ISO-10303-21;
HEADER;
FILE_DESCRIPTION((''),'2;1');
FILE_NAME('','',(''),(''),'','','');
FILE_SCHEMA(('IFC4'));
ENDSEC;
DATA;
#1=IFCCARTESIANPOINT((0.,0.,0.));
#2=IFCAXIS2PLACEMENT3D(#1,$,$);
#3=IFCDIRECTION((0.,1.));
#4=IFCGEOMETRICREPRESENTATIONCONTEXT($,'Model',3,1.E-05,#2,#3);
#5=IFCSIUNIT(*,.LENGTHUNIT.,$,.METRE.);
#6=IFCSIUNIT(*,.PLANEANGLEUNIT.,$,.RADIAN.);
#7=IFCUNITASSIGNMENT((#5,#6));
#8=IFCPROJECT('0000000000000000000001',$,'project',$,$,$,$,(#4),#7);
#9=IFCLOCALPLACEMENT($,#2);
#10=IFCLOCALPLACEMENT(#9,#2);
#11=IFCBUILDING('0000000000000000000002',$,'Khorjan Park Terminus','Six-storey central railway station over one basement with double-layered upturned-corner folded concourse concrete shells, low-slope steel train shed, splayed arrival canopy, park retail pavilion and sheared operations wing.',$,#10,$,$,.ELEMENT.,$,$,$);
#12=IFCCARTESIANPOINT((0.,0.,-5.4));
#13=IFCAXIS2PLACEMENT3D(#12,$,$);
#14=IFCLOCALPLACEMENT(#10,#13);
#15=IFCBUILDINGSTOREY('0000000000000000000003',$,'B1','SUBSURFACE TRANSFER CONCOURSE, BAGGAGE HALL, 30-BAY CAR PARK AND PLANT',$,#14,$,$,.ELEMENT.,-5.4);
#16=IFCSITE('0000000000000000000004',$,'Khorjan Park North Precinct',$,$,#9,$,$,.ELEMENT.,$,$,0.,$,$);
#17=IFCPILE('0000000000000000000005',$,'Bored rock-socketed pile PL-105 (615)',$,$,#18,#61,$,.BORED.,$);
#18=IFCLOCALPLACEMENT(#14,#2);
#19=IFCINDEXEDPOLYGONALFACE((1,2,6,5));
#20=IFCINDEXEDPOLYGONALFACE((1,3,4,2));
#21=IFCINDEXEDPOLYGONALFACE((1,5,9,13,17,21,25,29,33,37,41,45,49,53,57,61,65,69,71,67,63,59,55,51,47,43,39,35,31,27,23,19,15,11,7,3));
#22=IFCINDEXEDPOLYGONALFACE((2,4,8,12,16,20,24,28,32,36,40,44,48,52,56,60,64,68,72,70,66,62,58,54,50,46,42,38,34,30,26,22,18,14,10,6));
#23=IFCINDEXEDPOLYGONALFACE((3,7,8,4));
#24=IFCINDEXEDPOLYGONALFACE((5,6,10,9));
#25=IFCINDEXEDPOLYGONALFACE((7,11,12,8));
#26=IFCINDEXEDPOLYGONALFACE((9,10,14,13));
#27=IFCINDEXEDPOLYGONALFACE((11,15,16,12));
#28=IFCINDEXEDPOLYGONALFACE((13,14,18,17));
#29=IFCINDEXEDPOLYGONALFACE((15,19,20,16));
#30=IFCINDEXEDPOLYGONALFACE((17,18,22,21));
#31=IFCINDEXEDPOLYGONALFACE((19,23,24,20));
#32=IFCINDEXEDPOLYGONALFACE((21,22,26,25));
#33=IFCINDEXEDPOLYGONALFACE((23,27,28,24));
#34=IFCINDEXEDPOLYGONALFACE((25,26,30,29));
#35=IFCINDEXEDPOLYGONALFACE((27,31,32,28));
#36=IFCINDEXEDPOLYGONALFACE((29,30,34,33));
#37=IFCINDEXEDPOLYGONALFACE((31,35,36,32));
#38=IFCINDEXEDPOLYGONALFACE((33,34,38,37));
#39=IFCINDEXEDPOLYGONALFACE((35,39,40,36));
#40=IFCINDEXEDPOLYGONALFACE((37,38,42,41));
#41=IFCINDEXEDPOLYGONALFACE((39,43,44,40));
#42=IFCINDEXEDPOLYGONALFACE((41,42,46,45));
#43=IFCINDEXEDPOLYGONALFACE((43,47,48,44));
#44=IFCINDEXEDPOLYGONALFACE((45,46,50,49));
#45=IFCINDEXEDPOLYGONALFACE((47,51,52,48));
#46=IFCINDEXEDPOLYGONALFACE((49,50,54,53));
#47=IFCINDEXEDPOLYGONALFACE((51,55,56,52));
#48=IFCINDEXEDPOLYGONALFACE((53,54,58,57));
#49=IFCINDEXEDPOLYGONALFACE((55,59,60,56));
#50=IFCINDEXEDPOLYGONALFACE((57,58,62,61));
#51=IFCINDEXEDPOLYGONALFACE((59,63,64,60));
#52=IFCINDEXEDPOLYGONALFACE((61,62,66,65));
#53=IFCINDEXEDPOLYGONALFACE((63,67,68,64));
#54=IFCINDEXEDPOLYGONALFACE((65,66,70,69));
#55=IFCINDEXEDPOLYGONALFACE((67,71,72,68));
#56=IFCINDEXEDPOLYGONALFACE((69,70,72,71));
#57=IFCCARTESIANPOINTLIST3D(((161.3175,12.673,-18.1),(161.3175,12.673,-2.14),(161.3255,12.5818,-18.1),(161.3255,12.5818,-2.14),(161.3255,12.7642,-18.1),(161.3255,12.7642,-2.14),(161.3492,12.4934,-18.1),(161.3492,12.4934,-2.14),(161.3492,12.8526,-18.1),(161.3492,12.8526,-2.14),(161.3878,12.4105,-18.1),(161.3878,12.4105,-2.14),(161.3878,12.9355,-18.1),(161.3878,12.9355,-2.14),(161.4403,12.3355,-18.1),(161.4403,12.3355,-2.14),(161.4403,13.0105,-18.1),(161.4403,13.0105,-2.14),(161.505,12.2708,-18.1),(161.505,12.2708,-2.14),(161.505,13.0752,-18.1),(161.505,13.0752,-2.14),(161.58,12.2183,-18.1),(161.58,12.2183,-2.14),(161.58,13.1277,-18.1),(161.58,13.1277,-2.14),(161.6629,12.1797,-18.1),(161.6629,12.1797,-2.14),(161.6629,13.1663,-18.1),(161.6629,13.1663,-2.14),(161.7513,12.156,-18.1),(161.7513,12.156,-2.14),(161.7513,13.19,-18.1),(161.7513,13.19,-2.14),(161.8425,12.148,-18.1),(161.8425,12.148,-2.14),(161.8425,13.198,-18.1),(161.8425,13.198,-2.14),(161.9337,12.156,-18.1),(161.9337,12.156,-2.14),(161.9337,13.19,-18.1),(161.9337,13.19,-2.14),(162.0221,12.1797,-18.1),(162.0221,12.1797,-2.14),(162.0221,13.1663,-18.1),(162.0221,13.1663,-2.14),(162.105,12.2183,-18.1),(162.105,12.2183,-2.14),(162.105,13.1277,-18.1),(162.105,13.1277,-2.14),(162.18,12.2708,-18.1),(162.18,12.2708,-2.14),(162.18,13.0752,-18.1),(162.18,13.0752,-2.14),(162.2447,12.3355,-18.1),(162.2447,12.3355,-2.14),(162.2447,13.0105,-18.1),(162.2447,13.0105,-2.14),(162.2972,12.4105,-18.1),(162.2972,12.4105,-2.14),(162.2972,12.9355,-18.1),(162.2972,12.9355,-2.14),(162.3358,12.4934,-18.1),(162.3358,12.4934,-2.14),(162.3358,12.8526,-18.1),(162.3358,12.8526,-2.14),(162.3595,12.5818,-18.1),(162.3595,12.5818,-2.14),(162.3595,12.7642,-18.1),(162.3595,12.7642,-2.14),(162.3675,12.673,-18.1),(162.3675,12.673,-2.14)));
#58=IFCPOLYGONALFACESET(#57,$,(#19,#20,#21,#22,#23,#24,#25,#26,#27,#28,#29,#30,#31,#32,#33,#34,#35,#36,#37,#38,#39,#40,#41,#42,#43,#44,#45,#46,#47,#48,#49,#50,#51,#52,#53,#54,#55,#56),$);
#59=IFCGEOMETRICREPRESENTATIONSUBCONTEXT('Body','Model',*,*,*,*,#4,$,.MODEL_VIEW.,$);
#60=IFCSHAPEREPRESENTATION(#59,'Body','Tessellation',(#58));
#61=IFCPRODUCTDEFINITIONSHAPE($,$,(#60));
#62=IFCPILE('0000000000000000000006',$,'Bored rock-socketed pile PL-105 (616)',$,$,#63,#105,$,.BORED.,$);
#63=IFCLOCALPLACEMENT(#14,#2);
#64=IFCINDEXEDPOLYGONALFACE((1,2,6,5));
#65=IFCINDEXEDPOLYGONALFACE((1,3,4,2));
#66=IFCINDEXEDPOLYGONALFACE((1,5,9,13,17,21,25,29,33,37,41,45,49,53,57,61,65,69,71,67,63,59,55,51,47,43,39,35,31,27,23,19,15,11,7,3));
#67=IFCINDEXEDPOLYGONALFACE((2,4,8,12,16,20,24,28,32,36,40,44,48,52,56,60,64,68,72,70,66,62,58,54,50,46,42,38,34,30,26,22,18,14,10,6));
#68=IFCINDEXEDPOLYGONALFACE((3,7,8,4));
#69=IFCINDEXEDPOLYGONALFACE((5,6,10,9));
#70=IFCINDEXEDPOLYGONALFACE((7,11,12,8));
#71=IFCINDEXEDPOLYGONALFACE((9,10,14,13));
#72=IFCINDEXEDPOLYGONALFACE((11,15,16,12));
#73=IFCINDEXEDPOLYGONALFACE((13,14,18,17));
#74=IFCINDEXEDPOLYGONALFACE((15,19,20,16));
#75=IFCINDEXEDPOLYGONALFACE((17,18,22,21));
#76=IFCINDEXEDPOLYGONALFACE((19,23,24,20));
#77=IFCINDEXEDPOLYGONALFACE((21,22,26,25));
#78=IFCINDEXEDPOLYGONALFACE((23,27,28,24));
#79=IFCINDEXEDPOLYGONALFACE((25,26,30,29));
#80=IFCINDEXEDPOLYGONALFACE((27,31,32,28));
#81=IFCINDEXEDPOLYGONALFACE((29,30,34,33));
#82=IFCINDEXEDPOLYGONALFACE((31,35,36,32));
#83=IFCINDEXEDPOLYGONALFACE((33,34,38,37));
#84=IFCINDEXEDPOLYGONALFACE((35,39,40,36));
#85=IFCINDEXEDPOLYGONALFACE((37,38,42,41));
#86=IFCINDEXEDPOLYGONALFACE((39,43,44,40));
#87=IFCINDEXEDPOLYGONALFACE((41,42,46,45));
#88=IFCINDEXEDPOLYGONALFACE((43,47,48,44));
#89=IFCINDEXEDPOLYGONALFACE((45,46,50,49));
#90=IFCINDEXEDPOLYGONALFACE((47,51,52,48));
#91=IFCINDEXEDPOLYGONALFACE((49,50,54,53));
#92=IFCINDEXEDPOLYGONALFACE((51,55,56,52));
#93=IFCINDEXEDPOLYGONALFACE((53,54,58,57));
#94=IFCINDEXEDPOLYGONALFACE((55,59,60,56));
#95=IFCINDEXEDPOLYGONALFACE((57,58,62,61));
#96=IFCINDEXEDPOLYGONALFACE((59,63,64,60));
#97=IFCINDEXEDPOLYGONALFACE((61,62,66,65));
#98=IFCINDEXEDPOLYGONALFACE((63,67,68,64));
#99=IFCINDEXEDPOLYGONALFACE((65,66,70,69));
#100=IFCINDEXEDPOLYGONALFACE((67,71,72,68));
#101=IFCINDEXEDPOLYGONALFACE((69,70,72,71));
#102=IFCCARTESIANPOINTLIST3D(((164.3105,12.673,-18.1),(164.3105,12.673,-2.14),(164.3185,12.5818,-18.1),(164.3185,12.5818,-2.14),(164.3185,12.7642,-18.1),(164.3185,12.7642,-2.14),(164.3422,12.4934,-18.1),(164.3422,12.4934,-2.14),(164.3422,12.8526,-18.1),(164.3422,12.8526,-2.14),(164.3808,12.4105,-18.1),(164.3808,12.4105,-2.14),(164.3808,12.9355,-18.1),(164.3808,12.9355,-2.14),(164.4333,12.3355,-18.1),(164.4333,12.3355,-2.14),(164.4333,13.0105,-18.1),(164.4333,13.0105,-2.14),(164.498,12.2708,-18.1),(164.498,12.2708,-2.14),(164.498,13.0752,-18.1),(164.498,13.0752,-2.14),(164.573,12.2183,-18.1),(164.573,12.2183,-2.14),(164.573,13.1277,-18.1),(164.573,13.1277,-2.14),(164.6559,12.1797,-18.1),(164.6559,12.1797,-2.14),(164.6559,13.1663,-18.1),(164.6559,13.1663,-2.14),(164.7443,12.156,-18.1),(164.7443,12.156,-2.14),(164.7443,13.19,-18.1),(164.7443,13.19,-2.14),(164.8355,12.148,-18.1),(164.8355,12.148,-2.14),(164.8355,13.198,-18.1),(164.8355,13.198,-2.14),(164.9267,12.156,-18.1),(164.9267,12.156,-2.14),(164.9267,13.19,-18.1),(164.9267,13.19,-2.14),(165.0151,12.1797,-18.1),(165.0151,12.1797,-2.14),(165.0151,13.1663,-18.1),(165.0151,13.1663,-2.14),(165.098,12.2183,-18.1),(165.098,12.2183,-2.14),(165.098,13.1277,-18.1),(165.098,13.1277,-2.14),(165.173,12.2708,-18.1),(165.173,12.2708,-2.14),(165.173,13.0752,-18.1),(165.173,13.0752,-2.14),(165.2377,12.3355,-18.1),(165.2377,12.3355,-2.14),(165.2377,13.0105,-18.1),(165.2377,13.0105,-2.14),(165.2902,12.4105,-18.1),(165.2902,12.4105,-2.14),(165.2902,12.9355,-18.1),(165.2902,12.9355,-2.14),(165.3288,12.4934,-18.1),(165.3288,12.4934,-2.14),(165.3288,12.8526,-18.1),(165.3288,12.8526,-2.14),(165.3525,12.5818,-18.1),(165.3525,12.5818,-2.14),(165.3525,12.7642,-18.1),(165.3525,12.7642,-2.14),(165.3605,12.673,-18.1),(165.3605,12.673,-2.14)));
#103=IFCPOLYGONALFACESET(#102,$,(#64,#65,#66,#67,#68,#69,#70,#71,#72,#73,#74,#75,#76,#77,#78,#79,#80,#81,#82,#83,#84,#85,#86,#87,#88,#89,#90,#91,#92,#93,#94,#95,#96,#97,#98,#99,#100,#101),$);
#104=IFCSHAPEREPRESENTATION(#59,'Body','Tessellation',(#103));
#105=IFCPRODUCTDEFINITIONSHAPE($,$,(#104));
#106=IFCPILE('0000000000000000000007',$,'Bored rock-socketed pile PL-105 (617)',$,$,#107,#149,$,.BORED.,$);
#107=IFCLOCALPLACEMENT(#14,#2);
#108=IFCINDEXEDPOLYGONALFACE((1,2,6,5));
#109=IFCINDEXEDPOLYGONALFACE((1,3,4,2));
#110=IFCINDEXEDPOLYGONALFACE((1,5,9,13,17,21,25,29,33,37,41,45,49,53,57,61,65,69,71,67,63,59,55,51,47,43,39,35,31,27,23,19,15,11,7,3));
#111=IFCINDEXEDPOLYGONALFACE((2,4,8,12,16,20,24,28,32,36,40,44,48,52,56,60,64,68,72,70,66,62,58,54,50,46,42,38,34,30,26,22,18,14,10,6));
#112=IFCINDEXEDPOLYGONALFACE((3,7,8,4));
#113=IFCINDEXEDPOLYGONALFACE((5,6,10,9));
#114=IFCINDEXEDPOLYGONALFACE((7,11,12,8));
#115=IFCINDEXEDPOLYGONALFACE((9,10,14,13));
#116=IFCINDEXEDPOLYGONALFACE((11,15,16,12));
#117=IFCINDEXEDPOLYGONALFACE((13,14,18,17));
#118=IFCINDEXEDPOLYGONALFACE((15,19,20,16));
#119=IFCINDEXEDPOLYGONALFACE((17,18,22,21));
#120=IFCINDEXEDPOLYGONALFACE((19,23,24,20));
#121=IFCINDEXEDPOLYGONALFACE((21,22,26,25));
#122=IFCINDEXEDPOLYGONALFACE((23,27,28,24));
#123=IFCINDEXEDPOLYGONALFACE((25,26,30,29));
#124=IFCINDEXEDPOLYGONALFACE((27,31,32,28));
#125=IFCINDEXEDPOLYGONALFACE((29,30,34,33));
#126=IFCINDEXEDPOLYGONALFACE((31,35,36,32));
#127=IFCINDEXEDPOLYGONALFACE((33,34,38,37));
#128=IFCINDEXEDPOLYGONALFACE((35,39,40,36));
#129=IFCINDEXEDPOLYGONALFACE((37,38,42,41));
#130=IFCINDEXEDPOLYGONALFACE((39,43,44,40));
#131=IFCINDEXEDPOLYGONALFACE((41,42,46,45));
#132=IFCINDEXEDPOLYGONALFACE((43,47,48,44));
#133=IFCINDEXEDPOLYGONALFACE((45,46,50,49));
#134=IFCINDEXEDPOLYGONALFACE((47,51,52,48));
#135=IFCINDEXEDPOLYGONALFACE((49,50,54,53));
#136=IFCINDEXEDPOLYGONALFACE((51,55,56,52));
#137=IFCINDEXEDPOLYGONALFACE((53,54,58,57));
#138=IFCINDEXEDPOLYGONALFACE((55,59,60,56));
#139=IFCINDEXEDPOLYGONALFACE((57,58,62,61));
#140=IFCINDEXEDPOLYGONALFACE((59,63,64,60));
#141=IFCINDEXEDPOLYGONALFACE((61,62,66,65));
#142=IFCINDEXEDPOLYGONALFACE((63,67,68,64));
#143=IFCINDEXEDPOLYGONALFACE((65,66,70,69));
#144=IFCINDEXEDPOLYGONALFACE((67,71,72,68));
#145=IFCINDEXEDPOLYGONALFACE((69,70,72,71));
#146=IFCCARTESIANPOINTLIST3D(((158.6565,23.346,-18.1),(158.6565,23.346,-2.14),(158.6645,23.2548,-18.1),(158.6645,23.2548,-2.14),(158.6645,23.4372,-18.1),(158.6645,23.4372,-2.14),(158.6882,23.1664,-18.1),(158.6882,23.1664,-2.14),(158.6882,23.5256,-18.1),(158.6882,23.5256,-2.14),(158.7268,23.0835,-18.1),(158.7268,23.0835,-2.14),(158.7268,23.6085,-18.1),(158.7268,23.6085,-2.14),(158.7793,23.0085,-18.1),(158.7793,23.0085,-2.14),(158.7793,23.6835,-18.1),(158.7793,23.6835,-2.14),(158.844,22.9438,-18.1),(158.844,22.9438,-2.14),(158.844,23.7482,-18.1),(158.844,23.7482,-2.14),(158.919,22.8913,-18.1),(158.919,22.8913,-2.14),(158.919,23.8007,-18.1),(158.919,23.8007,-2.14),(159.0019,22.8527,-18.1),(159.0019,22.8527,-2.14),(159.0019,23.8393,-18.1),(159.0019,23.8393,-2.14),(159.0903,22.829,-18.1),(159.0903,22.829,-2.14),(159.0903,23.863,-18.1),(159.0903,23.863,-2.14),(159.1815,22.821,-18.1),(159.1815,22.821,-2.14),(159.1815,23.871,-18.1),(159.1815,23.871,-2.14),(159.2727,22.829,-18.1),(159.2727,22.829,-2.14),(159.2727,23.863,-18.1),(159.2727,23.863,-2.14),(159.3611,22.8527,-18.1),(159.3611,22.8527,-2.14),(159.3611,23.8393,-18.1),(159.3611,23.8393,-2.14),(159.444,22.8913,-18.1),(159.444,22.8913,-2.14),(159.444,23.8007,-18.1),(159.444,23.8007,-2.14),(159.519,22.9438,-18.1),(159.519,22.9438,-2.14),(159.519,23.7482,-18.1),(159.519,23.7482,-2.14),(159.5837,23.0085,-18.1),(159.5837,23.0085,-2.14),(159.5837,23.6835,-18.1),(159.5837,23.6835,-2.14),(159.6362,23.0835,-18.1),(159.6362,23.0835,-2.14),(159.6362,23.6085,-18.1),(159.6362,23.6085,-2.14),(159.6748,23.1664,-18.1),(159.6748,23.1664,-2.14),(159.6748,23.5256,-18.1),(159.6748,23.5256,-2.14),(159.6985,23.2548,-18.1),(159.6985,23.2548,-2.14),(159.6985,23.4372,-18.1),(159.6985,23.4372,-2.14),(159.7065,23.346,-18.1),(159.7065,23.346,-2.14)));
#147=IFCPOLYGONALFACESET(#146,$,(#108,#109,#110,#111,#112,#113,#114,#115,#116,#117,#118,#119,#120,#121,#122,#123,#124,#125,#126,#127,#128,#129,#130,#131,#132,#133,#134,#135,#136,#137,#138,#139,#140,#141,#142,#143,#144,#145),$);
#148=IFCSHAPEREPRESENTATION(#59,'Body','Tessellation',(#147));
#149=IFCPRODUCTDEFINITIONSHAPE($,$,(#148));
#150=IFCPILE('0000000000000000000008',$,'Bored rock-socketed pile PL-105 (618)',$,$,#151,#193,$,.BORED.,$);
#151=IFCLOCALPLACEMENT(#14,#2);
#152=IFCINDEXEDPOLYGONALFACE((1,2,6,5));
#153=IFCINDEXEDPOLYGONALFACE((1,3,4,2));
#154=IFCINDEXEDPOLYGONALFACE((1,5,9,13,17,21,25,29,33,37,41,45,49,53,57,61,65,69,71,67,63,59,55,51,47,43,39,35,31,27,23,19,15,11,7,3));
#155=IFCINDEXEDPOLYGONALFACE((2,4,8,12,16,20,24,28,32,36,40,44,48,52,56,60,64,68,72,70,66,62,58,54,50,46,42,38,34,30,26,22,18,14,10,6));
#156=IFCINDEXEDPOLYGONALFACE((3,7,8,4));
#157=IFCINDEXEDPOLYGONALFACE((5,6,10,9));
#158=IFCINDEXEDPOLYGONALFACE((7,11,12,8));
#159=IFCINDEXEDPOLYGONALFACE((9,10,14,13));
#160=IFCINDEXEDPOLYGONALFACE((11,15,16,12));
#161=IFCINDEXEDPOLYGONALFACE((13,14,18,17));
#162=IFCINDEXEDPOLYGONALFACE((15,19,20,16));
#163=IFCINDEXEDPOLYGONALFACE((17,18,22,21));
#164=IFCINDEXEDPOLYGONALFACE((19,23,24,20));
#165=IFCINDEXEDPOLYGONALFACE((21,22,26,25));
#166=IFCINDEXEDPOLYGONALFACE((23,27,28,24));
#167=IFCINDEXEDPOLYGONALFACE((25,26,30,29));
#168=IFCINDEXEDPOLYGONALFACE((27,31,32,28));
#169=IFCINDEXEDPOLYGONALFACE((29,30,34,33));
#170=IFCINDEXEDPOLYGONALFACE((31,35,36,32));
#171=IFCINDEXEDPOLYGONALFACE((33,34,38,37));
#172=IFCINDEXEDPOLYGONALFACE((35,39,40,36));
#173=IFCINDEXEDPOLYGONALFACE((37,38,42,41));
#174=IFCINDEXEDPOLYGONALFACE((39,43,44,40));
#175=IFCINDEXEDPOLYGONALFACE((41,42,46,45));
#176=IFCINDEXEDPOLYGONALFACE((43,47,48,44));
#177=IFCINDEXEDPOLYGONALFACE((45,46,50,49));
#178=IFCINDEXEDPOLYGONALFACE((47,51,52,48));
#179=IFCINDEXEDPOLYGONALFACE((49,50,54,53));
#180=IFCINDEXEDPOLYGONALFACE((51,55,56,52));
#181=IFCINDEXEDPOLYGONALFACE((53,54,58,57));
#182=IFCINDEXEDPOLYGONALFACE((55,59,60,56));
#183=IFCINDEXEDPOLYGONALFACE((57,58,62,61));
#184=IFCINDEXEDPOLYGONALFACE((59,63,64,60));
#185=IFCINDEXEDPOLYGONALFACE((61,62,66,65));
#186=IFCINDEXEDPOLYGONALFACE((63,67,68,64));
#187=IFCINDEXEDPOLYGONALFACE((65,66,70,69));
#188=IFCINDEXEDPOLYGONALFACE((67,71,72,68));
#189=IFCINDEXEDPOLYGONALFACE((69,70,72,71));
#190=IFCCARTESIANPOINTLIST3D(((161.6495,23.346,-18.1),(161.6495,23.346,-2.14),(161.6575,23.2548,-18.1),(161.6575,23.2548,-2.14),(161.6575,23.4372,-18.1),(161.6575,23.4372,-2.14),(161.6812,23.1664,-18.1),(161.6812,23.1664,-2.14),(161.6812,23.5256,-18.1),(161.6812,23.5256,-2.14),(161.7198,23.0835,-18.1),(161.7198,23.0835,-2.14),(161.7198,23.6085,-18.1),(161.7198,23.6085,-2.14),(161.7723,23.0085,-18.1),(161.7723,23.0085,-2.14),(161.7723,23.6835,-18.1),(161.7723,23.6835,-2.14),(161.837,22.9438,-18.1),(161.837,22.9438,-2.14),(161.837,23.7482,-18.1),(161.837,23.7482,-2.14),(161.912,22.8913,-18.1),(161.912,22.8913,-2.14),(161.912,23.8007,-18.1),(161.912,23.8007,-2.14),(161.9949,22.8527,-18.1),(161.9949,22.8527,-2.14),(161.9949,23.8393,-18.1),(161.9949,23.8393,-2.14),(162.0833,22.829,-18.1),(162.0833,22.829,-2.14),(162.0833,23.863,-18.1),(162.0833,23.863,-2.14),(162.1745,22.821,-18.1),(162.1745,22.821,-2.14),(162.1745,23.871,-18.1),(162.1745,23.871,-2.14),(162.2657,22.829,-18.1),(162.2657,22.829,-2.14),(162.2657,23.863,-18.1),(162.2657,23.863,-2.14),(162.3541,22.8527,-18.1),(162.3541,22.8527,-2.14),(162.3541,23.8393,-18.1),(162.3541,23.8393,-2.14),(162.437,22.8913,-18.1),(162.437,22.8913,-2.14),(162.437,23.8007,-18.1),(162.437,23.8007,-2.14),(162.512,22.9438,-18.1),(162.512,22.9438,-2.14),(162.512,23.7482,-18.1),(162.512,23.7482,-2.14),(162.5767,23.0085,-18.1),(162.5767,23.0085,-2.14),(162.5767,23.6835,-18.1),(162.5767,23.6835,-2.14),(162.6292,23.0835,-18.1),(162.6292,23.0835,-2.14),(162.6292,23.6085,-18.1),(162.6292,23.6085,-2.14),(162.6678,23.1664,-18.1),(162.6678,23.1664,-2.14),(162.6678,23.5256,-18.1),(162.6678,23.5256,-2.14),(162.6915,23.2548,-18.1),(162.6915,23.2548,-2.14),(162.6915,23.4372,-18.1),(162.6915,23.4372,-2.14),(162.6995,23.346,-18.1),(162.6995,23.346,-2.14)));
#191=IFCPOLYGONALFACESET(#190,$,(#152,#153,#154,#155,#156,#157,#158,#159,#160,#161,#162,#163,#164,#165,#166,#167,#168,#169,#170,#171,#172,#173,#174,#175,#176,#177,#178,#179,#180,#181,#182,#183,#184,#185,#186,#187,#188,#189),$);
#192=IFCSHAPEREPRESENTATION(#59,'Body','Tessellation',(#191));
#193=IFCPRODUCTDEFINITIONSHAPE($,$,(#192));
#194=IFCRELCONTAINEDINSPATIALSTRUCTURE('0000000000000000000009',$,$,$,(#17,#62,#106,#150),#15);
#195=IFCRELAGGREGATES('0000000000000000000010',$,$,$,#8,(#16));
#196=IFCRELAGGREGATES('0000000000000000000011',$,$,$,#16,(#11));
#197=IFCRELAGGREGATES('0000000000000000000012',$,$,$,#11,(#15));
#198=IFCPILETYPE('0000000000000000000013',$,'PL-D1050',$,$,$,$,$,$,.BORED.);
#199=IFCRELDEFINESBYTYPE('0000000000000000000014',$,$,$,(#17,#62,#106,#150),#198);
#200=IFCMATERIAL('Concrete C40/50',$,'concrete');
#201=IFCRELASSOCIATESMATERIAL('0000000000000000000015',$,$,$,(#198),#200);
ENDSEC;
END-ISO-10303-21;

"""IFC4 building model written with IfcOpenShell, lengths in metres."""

from ifc_helpers import new_model, si_unit, direction, frame, origin, origin_2d, place, context, subcontext, project, spatial, circle, extrude, material, material_profile, profile_set, type_object, element, save


model = new_model("IFC4")

# Units and contexts
model_context = context("Model", 3, precision=1e-05, world=origin(), true_north=direction((0.0, 1.0)))
body_context = subcontext(model_context, "Body", "Model", "MODEL_VIEW")
ifc_project = project(units=[si_unit("LENGTHUNIT", "METRE"), si_unit("PLANEANGLEUNIT", "RADIAN")], contexts=[model_context])

# Site, building, storey
site_placement = place(None, origin())
site = spatial("IfcSite", under=ifc_project, at=site_placement, Name="Khorjan Park North Precinct", CompositionType="ELEMENT", RefElevation=0.0)
building_placement = place(site_placement, origin())
building = spatial("IfcBuilding", under=site, at=building_placement, Name="Khorjan Park Terminus", Description="Six-storey central railway station over one basement with double-layered upturned-corner folded concourse concrete shells, low-slope steel train shed, splayed arrival canopy, park retail pavilion and sheared operations wing.", CompositionType="ELEMENT")
storey_placement = place(building_placement, frame((0.0, 0.0, -5.4)))
storey = spatial("IfcBuildingStorey", under=building, at=storey_placement, Name="B1", Description="SUBSURFACE TRANSFER CONCOURSE, BAGGAGE HALL, 30-BAY CAR PARK AND PLANT", CompositionType="ELEMENT", Elevation=-5.4)

# Piles
ifc_material_1 = material(Name="Concrete C40/50", Category="concrete")
ifc_material_profile_1 = material_profile(ifc_material_1, circle(Radius=0.525, at=origin_2d()), Name="BORED D1050")
ifc_profile_set_1 = profile_set([ifc_material_profile_1], Name="Concrete C40/50")
pile_type_1 = type_object("IfcPileType", Name="PL-D1050", PredefinedType="BORED", material=ifc_profile_set_1)
for number, where, z_axis, x_axis, name in (
    (1, (161.8425, 12.673, -2.14), (0.0, 0.0, -1.0), (1.0, 0.0, 0.0), "Bored rock-socketed pile PL-105 (615)"),
    (2, (164.8355, 12.673, -2.14), (0.0, 0.0, -1.0), (1.0, 0.0, 0.0), "Bored rock-socketed pile PL-105 (616)"),
    (3, (159.1815, 23.346, -2.14), (0.0, 0.0, -1.0), (1.0, 0.0, 0.0), "Bored rock-socketed pile PL-105 (617)"),
    (4, (162.1745, 23.346, -2.14), (0.0, 0.0, -1.0), (1.0, 0.0, 0.0), "Bored rock-socketed pile PL-105 (618)"),
):
    element("IfcPile", number, at=place(storey_placement, frame(where, z_axis=z_axis, x_axis=x_axis)), inside=storey, type_object=pile_type_1, Name=name, PredefinedType="BORED", context=body_context, shape_type="SweptSolid", body=[
        extrude(circle(Radius=0.525, at=origin_2d()), origin(), (0.0, 0.0, 1.0), 15.96),
    ])

save(model, "model.ifc")
